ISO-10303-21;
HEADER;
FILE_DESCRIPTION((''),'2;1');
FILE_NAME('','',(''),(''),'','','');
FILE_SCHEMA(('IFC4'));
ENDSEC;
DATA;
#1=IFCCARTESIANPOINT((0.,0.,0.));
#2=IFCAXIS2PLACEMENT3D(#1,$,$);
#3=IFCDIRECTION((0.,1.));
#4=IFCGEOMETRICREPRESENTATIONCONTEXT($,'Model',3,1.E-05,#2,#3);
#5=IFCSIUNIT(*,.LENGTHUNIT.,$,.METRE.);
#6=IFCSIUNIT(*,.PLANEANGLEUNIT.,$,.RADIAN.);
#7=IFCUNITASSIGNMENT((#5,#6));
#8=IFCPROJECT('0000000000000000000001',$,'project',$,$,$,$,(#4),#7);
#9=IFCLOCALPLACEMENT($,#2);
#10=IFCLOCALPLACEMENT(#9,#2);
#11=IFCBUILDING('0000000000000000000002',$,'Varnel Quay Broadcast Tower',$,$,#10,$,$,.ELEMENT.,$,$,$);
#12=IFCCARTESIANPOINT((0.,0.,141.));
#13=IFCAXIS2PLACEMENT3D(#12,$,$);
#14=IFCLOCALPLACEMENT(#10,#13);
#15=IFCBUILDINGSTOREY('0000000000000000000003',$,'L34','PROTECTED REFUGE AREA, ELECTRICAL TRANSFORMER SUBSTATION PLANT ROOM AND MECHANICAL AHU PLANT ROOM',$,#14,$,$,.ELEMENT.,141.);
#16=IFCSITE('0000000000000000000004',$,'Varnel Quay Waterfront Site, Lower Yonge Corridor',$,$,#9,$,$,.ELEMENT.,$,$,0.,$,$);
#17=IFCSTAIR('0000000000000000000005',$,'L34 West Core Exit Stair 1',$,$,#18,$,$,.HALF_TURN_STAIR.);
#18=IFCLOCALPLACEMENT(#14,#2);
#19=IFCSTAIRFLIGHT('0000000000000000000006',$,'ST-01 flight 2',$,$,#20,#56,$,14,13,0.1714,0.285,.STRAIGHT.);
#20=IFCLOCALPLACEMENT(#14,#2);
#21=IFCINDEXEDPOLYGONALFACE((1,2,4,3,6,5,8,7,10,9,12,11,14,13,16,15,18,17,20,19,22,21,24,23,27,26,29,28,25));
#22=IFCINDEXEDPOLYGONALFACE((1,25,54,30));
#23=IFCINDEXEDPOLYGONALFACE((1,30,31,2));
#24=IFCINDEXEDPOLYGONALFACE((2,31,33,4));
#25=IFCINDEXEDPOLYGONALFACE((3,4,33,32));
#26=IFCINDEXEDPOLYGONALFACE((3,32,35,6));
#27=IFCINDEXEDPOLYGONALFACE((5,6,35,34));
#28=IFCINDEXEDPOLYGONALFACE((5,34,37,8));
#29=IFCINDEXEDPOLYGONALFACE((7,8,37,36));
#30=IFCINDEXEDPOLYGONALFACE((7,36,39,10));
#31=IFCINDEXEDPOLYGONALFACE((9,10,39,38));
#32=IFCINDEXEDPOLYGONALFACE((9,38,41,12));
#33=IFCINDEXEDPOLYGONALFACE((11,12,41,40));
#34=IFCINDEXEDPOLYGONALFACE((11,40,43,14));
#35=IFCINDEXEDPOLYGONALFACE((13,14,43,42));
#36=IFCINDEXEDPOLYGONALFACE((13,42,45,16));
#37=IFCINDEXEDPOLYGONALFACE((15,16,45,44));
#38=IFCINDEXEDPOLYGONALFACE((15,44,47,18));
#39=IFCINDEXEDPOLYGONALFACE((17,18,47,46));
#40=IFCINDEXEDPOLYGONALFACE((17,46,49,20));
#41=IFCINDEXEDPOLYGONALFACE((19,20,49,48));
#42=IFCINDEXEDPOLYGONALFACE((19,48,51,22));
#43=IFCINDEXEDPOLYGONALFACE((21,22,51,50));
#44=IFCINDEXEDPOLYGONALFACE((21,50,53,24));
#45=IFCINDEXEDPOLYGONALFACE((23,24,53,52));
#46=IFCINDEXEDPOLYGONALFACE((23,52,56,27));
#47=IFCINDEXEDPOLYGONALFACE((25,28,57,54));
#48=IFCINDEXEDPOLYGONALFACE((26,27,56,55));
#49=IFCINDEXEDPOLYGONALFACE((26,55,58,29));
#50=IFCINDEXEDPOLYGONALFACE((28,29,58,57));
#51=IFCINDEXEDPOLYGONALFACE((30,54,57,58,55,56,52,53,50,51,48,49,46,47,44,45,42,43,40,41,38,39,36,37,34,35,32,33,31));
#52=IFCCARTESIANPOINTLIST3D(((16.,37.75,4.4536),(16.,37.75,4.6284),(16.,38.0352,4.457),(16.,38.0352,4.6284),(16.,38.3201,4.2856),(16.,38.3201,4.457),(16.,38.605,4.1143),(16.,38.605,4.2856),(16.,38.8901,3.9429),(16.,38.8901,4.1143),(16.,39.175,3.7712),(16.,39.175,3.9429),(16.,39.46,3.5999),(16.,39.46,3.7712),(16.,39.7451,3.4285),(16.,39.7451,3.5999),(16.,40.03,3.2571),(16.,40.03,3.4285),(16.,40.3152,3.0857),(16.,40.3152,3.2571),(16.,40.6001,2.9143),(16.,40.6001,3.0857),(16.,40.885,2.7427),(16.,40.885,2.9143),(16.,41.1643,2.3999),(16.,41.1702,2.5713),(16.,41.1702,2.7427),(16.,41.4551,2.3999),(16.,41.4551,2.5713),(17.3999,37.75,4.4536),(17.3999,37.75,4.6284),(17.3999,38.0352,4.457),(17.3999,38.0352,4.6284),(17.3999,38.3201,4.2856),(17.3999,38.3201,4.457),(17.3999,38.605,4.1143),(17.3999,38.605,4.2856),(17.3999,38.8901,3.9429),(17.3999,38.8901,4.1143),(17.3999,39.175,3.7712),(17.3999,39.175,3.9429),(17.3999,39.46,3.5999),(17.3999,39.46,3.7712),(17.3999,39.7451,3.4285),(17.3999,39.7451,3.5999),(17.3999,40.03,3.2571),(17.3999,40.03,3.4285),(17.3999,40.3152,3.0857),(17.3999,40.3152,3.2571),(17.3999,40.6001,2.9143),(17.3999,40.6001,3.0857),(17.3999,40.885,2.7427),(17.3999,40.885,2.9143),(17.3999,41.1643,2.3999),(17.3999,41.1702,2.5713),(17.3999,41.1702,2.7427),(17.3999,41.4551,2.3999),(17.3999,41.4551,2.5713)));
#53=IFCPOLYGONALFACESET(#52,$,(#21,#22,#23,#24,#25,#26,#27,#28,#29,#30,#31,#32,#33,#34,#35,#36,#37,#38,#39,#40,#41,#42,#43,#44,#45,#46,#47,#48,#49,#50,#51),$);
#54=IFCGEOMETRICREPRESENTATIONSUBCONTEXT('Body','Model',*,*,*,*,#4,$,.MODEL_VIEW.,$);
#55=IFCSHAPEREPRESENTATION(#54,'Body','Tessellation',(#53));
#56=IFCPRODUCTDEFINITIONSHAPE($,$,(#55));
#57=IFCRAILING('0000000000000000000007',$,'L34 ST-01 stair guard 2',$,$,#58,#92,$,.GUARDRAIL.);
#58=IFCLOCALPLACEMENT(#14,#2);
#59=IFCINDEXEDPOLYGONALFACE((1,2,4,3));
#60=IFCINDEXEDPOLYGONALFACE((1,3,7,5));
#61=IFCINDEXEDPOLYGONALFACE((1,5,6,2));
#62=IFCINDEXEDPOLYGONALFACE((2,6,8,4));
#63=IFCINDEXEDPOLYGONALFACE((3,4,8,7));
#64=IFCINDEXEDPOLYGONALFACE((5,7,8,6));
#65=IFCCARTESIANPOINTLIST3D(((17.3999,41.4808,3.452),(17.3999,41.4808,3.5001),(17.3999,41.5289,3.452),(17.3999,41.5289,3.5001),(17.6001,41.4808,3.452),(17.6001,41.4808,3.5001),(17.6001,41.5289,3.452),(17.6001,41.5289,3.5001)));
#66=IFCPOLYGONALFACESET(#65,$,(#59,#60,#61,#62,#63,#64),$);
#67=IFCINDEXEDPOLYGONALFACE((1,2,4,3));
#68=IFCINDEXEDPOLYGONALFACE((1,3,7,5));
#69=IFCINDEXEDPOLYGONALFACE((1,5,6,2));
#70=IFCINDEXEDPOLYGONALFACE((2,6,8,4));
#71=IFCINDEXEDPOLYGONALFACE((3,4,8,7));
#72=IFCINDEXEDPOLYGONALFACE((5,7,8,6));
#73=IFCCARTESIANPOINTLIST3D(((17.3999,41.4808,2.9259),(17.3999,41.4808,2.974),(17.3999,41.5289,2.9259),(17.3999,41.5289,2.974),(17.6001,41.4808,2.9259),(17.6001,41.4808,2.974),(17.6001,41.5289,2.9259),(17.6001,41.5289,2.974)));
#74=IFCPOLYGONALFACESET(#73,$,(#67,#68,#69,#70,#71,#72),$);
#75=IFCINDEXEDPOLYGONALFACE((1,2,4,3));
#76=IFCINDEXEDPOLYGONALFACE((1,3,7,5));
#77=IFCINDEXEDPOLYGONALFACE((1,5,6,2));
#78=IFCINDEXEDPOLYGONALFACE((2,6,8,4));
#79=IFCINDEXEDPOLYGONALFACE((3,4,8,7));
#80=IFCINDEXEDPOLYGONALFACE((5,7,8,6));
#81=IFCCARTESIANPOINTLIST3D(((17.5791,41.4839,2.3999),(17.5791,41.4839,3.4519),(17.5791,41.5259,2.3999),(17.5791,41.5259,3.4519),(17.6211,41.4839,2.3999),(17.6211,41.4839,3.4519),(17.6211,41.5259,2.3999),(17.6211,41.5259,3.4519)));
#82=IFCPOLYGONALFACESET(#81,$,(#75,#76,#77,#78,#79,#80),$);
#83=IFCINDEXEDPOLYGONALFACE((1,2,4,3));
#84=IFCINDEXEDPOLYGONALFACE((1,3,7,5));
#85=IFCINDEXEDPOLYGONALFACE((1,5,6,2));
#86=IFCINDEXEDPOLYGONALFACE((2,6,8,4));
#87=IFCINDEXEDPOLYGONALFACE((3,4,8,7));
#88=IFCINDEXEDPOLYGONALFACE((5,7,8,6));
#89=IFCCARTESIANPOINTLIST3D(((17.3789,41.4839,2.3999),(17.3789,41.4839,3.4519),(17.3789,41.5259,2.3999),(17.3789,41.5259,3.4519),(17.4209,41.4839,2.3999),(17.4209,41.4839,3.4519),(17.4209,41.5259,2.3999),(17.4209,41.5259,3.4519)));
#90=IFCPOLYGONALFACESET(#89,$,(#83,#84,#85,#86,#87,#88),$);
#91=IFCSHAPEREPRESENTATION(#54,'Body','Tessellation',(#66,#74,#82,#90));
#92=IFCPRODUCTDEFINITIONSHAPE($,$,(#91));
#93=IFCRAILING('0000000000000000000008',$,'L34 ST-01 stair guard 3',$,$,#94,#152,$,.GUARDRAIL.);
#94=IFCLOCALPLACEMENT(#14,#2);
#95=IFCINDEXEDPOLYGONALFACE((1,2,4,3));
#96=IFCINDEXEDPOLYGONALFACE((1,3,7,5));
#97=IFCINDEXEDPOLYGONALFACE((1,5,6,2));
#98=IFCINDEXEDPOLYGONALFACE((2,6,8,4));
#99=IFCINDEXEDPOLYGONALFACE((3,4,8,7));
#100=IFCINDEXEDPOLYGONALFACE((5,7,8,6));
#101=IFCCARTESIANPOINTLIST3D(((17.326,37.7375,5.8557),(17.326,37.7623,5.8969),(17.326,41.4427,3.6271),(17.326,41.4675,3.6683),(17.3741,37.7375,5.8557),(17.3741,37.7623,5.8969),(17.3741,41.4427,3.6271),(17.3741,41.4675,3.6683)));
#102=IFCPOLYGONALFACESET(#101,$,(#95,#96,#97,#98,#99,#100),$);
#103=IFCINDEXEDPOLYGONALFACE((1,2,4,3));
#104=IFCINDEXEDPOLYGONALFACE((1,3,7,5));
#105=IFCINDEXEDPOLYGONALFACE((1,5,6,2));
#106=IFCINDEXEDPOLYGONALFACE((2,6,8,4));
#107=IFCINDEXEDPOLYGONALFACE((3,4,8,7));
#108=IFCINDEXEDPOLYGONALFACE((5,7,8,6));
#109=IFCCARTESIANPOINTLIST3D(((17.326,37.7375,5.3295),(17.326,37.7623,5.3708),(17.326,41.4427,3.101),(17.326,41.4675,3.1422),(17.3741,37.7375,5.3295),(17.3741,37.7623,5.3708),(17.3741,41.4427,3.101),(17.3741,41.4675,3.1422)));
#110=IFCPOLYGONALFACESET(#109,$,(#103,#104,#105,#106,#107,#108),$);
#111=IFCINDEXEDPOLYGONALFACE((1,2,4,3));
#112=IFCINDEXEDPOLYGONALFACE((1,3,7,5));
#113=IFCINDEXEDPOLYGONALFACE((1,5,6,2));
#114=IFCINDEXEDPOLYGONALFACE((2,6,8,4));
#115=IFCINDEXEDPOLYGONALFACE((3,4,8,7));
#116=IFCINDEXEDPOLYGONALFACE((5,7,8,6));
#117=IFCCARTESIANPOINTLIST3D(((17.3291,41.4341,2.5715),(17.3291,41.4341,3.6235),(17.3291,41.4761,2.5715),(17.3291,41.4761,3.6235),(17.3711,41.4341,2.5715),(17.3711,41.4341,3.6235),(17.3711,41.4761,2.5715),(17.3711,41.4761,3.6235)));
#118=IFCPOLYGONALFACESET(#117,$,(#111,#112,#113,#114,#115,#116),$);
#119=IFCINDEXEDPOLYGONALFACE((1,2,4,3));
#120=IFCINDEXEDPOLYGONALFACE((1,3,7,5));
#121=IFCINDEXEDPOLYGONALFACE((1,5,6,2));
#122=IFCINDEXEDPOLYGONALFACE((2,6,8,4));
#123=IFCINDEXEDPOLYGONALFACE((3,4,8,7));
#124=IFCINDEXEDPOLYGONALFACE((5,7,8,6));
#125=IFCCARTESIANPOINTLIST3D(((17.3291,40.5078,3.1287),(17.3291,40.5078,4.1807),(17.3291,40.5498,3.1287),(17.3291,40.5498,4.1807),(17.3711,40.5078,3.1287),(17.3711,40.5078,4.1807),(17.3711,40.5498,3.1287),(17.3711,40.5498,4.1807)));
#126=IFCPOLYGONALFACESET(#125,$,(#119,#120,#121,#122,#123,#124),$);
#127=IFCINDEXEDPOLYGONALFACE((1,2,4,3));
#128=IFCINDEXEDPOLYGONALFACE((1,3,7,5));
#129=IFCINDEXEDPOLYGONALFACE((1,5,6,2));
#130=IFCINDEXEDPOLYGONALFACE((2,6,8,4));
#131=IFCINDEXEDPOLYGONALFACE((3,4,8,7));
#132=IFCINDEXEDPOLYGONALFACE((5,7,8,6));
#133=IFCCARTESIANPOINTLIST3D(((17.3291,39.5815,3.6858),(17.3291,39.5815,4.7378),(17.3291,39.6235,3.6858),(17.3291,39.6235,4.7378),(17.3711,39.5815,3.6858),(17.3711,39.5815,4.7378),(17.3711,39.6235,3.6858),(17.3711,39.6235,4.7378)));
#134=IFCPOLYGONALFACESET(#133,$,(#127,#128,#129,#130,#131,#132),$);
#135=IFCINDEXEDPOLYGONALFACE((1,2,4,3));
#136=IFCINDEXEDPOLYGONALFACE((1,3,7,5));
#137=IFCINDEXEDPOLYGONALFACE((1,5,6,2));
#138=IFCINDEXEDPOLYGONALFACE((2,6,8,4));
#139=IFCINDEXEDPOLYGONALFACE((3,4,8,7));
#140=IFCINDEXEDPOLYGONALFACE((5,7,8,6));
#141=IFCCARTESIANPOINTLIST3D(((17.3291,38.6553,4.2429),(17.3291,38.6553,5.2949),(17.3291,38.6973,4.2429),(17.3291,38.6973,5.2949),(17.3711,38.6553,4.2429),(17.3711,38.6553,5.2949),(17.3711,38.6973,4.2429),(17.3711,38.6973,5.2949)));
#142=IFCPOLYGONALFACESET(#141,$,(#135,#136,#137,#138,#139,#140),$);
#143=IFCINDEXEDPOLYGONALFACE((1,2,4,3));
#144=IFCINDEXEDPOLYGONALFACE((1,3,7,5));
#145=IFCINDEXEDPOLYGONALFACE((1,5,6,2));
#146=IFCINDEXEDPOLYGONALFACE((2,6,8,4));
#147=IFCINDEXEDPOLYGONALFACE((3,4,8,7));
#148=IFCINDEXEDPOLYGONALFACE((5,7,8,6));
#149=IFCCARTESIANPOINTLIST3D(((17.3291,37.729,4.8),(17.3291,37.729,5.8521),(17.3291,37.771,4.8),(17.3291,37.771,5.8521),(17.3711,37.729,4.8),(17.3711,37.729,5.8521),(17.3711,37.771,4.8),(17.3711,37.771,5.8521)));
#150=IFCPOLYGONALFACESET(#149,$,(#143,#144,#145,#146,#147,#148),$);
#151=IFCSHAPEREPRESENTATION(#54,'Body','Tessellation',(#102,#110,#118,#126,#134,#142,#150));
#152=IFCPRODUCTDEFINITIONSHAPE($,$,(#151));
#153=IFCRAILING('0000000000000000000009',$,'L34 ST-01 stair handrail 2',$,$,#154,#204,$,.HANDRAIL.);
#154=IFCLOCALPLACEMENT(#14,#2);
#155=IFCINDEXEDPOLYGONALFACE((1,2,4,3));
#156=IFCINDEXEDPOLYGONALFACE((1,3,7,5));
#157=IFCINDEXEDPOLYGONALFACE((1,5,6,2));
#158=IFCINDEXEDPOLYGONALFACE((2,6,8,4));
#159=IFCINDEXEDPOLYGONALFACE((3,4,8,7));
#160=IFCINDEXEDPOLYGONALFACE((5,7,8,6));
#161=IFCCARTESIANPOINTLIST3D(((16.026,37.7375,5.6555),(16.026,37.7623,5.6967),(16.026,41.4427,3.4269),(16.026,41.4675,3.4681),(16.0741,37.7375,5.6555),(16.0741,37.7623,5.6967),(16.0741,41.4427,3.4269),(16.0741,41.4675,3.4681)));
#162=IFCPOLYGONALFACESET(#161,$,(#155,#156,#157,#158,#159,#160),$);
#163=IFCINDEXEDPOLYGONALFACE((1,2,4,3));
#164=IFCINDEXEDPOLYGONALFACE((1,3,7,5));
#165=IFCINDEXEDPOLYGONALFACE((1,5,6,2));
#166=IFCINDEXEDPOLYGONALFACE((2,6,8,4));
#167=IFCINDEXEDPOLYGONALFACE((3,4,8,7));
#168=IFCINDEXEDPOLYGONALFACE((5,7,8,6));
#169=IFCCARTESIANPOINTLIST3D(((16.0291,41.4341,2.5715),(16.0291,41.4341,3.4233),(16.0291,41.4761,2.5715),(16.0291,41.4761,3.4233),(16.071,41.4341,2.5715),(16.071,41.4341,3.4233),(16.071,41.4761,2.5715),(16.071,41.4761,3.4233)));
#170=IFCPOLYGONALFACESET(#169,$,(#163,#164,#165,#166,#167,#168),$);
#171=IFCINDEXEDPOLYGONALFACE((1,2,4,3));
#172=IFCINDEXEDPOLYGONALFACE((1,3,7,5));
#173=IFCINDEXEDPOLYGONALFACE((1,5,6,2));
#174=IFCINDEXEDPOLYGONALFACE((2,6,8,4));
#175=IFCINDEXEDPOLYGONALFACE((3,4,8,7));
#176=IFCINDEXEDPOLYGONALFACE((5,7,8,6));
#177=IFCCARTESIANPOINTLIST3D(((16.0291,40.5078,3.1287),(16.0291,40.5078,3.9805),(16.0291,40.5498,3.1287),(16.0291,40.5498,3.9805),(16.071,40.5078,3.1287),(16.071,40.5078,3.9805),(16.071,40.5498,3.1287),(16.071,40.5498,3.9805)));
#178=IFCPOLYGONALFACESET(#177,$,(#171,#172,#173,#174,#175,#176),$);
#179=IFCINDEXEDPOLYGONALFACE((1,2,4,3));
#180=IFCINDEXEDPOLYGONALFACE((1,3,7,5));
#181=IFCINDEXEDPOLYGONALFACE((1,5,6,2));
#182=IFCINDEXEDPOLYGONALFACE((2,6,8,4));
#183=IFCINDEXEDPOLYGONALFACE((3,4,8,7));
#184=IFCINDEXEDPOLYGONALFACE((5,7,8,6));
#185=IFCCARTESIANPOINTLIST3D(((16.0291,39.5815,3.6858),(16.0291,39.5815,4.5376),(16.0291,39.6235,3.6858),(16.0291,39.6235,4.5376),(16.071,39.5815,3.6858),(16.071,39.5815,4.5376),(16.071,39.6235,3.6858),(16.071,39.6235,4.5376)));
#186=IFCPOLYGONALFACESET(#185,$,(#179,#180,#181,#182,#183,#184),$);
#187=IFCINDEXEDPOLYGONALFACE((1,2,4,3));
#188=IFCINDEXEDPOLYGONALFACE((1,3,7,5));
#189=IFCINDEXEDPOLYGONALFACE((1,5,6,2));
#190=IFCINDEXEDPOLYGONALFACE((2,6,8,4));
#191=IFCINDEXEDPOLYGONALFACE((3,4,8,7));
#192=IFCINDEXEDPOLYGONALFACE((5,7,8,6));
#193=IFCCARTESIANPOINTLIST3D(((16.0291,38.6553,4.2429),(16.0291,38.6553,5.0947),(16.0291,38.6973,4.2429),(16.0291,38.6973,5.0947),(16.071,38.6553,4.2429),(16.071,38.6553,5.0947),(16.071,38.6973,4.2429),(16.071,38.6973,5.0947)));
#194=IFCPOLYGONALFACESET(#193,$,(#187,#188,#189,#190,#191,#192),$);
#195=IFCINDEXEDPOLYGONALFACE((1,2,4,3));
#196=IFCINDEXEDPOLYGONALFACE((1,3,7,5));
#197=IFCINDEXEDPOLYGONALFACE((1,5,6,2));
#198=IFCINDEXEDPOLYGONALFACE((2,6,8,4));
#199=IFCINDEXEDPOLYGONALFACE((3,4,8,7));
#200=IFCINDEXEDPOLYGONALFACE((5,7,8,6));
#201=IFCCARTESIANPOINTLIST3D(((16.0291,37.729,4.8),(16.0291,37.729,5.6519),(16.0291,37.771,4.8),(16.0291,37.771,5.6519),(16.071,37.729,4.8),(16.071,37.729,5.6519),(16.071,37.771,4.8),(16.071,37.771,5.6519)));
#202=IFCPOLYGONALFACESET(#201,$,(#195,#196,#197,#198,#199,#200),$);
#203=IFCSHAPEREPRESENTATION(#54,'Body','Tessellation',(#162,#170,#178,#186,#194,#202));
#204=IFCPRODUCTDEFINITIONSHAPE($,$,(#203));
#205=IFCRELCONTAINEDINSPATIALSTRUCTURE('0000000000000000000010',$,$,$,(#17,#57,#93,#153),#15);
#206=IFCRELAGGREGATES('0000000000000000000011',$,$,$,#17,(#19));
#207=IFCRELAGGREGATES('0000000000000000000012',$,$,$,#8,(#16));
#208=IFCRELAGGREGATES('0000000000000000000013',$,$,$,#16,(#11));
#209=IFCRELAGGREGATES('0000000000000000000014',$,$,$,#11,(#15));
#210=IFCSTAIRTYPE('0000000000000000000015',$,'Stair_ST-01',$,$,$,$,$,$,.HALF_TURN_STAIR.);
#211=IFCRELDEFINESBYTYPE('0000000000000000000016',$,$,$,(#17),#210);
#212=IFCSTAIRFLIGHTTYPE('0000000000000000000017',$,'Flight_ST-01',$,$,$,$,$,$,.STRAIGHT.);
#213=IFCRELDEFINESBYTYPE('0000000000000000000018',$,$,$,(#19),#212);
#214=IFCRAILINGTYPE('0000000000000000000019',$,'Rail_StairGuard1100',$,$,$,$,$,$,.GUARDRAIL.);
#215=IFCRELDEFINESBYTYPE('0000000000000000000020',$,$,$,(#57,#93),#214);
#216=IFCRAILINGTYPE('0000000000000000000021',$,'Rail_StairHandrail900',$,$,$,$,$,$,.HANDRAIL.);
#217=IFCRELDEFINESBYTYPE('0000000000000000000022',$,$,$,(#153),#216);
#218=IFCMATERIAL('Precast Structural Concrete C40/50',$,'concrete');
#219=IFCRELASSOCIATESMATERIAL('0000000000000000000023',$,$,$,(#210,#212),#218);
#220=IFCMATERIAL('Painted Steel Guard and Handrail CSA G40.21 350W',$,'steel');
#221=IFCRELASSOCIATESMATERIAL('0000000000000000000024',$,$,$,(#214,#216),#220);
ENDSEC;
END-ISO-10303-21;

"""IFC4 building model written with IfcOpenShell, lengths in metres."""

from ifc_helpers import new_model, si_unit, direction, frame, origin, origin_2d, place, context, subcontext, project, spatial, polyline, rectangle, outline, extrude, material, type_object, element, aggregate, save


model = new_model("IFC4")

# Units and contexts
model_context = context("Model", 3, precision=1e-05, world=origin(), true_north=direction((0.0, 1.0)))
body_context = subcontext(model_context, "Body", "Model", "MODEL_VIEW")
ifc_project = project(units=[si_unit("LENGTHUNIT", "METRE"), si_unit("PLANEANGLEUNIT", "RADIAN")], contexts=[model_context])

# Site, building, storey
site_placement = place(None, origin())
site = spatial("IfcSite", under=ifc_project, at=site_placement, Name="Varnel Quay Waterfront Site, Lower Yonge Corridor", CompositionType="ELEMENT", RefElevation=0.0)
building_placement = place(site_placement, origin())
building = spatial("IfcBuilding", under=site, at=building_placement, Name="Varnel Quay Broadcast Tower", CompositionType="ELEMENT")
storey_placement = place(building_placement, frame((0.0, 0.0, 141.0)))
storey = spatial("IfcBuildingStorey", under=building, at=storey_placement, Name="L34", Description="PROTECTED REFUGE AREA, ELECTRICAL TRANSFORMER SUBSTATION PLANT ROOM AND MECHANICAL AHU PLANT ROOM", CompositionType="ELEMENT", Elevation=141.0)

# Stair, stair flight
ifc_material_1 = material(Name="Precast Structural Concrete C40/50", Category="concrete")
stair_type = type_object("IfcStairType", Name="Stair_ST-01", PredefinedType="HALF_TURN_STAIR", material=ifc_material_1)
stair_placement = place(storey_placement, origin())
stair = element("IfcStair", 1, at=stair_placement, inside=storey, type_object=stair_type, Name="L34 West Core Exit Stair 1", PredefinedType="HALF_TURN_STAIR")
stair_flight_type = type_object("IfcStairFlightType", Name="Flight_ST-01", PredefinedType="STRAIGHT", material=ifc_material_1)
stair_flight_placement = place(storey_placement, frame((16.7, 41.4551, 2.3999), z_axis=(0.0, 0.0, 1.0), x_axis=(0.0, -1.0, 0.0)))
stair_flight = element("IfcStairFlight", 2, at=stair_flight_placement, type_object=stair_flight_type, Name="ST-01 flight 2", NumberOfRisers=14, NumberOfTreads=13, PredefinedType="STRAIGHT", RiserHeight=0.1714, TreadLength=0.285, context=body_context, shape_type="SweptSolid", body=[
    extrude(outline(polyline([(0.0, 0.0), (0.0, 0.1714), (0.2849, 0.1714), (0.2849, 0.3428), (0.5701, 0.3428), (0.5701, 0.5144), (0.855, 0.5144), (0.855, 0.6858), (1.1399, 0.6858), (1.1399, 0.8572), (1.425, 0.8572), (1.425, 1.0286), (1.71, 1.0286), (1.71, 1.2), (1.9951, 1.2), (1.9951, 1.3713), (2.28, 1.3713), (2.28, 1.543), (2.5649, 1.543), (2.5649, 1.7144), (2.8501, 1.7144), (2.8501, 1.8857), (3.135, 1.8857), (3.135, 2.0571), (3.4199, 2.0571), (3.4199, 2.2285), (3.7051, 2.2285), (3.7051, 2.3999), (3.7051, 2.0537), (0.2908, 0.0), (0.0, 0.0)])), frame((0.0, 0.7, 0.0), z_axis=(0.0, -1.0, 0.0), x_axis=(1.0, 0.0, 0.0)), (0.0, 0.0, 1.0), 1.3999),
])
aggregate(stair, [stair_flight])

# Railings
ifc_material_2 = material(Name="Painted Steel Guard and Handrail CSA G40.21 350W", Category="steel")
railing_type_1 = type_object("IfcRailingType", Name="Rail_StairGuard1100", PredefinedType="GUARDRAIL", material=ifc_material_2)
railing_1_placement = place(storey_placement, frame((17.6001, 41.5049, 2.3999)))
element("IfcRailing", 3, at=railing_1_placement, inside=storey, type_object=railing_type_1, Name="L34 ST-01 stair guard 2", PredefinedType="GUARDRAIL", context=body_context, shape_type="SweptSolid", body=[
    extrude(rectangle(XDim=0.0481, YDim=0.0481, at=origin_2d()), frame((0.0, 0.0, 1.0762), z_axis=(-1.0, 0.0, 0.0), x_axis=(0.0, -1.0, 0.0)), (0.0, 0.0, 1.0), 0.2002),
    extrude(rectangle(XDim=0.0481, YDim=0.0481, at=origin_2d()), frame((0.0, 0.0, 0.55), z_axis=(-1.0, 0.0, 0.0), x_axis=(0.0, -1.0, 0.0)), (0.0, 0.0, 1.0), 0.2002),
    extrude(rectangle(XDim=0.042, YDim=0.042, at=origin_2d()), origin(), (0.0, 0.0, 1.0), 1.052),
    extrude(rectangle(XDim=0.042, YDim=0.042, at=origin_2d()), frame((-0.2002, 0.0, 0.0)), (0.0, 0.0, 1.0), 1.052),
])
railing_2_placement = place(storey_placement, frame((17.3501, 41.4551, 2.5715)))
element("IfcRailing", 4, at=railing_2_placement, inside=storey, type_object=railing_type_1, Name="L34 ST-01 stair guard 3", PredefinedType="GUARDRAIL", context=body_context, shape_type="SweptSolid", body=[
    extrude(rectangle(XDim=0.0481, YDim=0.0481, at=origin_2d()), frame((0.0, 0.0, 1.0762), z_axis=(0.0, -0.856934, 0.515425), x_axis=(1.0, 0.0, 0.0)), (0.0, 0.0, 1.0), 4.3237),
    extrude(rectangle(XDim=0.0481, YDim=0.0481, at=origin_2d()), frame((0.0, 0.0, 0.55), z_axis=(0.0, -0.856934, 0.515425), x_axis=(1.0, 0.0, 0.0)), (0.0, 0.0, 1.0), 4.3237),
    extrude(rectangle(XDim=0.042, YDim=0.042, at=origin_2d()), origin(), (0.0, 0.0, 1.0), 1.052),
    extrude(rectangle(XDim=0.042, YDim=0.042, at=origin_2d()), frame((0.0, -0.9263, 0.5571)), (0.0, 0.0, 1.0), 1.052),
    extrude(rectangle(XDim=0.042, YDim=0.042, at=origin_2d()), frame((0.0, -1.8525, 1.1143)), (0.0, 0.0, 1.0), 1.052),
    extrude(rectangle(XDim=0.042, YDim=0.042, at=origin_2d()), frame((0.0, -2.7788, 1.6714)), (0.0, 0.0, 1.0), 1.052),
    extrude(rectangle(XDim=0.042, YDim=0.042, at=origin_2d()), frame((0.0, -3.7051, 2.2285)), (0.0, 0.0, 1.0), 1.052),
])
railing_type_2 = type_object("IfcRailingType", Name="Rail_StairHandrail900", PredefinedType="HANDRAIL", material=ifc_material_2)
railing_3_placement = place(storey_placement, frame((16.05, 41.4551, 2.5715)))
element("IfcRailing", 5, at=railing_3_placement, inside=storey, type_object=railing_type_2, Name="L34 ST-01 stair handrail 2", PredefinedType="HANDRAIL", context=body_context, shape_type="SweptSolid", body=[
    extrude(rectangle(XDim=0.0481, YDim=0.0481, at=origin_2d()), frame((0.0, 0.0, 0.876), z_axis=(0.0, -0.856934, 0.515425), x_axis=(1.0, 0.0, 0.0)), (0.0, 0.0, 1.0), 4.3237),
    extrude(rectangle(XDim=0.042, YDim=0.042, at=origin_2d()), origin(), (0.0, 0.0, 1.0), 0.8518),
    extrude(rectangle(XDim=0.042, YDim=0.042, at=origin_2d()), frame((0.0, -0.9263, 0.5571)), (0.0, 0.0, 1.0), 0.8518),
    extrude(rectangle(XDim=0.042, YDim=0.042, at=origin_2d()), frame((0.0, -1.8525, 1.1143)), (0.0, 0.0, 1.0), 0.8518),
    extrude(rectangle(XDim=0.042, YDim=0.042, at=origin_2d()), frame((0.0, -2.7788, 1.6714)), (0.0, 0.0, 1.0), 0.8518),
    extrude(rectangle(XDim=0.042, YDim=0.042, at=origin_2d()), frame((0.0, -3.7051, 2.2285)), (0.0, 0.0, 1.0), 0.8518),
])

save(model, "model.ifc")
